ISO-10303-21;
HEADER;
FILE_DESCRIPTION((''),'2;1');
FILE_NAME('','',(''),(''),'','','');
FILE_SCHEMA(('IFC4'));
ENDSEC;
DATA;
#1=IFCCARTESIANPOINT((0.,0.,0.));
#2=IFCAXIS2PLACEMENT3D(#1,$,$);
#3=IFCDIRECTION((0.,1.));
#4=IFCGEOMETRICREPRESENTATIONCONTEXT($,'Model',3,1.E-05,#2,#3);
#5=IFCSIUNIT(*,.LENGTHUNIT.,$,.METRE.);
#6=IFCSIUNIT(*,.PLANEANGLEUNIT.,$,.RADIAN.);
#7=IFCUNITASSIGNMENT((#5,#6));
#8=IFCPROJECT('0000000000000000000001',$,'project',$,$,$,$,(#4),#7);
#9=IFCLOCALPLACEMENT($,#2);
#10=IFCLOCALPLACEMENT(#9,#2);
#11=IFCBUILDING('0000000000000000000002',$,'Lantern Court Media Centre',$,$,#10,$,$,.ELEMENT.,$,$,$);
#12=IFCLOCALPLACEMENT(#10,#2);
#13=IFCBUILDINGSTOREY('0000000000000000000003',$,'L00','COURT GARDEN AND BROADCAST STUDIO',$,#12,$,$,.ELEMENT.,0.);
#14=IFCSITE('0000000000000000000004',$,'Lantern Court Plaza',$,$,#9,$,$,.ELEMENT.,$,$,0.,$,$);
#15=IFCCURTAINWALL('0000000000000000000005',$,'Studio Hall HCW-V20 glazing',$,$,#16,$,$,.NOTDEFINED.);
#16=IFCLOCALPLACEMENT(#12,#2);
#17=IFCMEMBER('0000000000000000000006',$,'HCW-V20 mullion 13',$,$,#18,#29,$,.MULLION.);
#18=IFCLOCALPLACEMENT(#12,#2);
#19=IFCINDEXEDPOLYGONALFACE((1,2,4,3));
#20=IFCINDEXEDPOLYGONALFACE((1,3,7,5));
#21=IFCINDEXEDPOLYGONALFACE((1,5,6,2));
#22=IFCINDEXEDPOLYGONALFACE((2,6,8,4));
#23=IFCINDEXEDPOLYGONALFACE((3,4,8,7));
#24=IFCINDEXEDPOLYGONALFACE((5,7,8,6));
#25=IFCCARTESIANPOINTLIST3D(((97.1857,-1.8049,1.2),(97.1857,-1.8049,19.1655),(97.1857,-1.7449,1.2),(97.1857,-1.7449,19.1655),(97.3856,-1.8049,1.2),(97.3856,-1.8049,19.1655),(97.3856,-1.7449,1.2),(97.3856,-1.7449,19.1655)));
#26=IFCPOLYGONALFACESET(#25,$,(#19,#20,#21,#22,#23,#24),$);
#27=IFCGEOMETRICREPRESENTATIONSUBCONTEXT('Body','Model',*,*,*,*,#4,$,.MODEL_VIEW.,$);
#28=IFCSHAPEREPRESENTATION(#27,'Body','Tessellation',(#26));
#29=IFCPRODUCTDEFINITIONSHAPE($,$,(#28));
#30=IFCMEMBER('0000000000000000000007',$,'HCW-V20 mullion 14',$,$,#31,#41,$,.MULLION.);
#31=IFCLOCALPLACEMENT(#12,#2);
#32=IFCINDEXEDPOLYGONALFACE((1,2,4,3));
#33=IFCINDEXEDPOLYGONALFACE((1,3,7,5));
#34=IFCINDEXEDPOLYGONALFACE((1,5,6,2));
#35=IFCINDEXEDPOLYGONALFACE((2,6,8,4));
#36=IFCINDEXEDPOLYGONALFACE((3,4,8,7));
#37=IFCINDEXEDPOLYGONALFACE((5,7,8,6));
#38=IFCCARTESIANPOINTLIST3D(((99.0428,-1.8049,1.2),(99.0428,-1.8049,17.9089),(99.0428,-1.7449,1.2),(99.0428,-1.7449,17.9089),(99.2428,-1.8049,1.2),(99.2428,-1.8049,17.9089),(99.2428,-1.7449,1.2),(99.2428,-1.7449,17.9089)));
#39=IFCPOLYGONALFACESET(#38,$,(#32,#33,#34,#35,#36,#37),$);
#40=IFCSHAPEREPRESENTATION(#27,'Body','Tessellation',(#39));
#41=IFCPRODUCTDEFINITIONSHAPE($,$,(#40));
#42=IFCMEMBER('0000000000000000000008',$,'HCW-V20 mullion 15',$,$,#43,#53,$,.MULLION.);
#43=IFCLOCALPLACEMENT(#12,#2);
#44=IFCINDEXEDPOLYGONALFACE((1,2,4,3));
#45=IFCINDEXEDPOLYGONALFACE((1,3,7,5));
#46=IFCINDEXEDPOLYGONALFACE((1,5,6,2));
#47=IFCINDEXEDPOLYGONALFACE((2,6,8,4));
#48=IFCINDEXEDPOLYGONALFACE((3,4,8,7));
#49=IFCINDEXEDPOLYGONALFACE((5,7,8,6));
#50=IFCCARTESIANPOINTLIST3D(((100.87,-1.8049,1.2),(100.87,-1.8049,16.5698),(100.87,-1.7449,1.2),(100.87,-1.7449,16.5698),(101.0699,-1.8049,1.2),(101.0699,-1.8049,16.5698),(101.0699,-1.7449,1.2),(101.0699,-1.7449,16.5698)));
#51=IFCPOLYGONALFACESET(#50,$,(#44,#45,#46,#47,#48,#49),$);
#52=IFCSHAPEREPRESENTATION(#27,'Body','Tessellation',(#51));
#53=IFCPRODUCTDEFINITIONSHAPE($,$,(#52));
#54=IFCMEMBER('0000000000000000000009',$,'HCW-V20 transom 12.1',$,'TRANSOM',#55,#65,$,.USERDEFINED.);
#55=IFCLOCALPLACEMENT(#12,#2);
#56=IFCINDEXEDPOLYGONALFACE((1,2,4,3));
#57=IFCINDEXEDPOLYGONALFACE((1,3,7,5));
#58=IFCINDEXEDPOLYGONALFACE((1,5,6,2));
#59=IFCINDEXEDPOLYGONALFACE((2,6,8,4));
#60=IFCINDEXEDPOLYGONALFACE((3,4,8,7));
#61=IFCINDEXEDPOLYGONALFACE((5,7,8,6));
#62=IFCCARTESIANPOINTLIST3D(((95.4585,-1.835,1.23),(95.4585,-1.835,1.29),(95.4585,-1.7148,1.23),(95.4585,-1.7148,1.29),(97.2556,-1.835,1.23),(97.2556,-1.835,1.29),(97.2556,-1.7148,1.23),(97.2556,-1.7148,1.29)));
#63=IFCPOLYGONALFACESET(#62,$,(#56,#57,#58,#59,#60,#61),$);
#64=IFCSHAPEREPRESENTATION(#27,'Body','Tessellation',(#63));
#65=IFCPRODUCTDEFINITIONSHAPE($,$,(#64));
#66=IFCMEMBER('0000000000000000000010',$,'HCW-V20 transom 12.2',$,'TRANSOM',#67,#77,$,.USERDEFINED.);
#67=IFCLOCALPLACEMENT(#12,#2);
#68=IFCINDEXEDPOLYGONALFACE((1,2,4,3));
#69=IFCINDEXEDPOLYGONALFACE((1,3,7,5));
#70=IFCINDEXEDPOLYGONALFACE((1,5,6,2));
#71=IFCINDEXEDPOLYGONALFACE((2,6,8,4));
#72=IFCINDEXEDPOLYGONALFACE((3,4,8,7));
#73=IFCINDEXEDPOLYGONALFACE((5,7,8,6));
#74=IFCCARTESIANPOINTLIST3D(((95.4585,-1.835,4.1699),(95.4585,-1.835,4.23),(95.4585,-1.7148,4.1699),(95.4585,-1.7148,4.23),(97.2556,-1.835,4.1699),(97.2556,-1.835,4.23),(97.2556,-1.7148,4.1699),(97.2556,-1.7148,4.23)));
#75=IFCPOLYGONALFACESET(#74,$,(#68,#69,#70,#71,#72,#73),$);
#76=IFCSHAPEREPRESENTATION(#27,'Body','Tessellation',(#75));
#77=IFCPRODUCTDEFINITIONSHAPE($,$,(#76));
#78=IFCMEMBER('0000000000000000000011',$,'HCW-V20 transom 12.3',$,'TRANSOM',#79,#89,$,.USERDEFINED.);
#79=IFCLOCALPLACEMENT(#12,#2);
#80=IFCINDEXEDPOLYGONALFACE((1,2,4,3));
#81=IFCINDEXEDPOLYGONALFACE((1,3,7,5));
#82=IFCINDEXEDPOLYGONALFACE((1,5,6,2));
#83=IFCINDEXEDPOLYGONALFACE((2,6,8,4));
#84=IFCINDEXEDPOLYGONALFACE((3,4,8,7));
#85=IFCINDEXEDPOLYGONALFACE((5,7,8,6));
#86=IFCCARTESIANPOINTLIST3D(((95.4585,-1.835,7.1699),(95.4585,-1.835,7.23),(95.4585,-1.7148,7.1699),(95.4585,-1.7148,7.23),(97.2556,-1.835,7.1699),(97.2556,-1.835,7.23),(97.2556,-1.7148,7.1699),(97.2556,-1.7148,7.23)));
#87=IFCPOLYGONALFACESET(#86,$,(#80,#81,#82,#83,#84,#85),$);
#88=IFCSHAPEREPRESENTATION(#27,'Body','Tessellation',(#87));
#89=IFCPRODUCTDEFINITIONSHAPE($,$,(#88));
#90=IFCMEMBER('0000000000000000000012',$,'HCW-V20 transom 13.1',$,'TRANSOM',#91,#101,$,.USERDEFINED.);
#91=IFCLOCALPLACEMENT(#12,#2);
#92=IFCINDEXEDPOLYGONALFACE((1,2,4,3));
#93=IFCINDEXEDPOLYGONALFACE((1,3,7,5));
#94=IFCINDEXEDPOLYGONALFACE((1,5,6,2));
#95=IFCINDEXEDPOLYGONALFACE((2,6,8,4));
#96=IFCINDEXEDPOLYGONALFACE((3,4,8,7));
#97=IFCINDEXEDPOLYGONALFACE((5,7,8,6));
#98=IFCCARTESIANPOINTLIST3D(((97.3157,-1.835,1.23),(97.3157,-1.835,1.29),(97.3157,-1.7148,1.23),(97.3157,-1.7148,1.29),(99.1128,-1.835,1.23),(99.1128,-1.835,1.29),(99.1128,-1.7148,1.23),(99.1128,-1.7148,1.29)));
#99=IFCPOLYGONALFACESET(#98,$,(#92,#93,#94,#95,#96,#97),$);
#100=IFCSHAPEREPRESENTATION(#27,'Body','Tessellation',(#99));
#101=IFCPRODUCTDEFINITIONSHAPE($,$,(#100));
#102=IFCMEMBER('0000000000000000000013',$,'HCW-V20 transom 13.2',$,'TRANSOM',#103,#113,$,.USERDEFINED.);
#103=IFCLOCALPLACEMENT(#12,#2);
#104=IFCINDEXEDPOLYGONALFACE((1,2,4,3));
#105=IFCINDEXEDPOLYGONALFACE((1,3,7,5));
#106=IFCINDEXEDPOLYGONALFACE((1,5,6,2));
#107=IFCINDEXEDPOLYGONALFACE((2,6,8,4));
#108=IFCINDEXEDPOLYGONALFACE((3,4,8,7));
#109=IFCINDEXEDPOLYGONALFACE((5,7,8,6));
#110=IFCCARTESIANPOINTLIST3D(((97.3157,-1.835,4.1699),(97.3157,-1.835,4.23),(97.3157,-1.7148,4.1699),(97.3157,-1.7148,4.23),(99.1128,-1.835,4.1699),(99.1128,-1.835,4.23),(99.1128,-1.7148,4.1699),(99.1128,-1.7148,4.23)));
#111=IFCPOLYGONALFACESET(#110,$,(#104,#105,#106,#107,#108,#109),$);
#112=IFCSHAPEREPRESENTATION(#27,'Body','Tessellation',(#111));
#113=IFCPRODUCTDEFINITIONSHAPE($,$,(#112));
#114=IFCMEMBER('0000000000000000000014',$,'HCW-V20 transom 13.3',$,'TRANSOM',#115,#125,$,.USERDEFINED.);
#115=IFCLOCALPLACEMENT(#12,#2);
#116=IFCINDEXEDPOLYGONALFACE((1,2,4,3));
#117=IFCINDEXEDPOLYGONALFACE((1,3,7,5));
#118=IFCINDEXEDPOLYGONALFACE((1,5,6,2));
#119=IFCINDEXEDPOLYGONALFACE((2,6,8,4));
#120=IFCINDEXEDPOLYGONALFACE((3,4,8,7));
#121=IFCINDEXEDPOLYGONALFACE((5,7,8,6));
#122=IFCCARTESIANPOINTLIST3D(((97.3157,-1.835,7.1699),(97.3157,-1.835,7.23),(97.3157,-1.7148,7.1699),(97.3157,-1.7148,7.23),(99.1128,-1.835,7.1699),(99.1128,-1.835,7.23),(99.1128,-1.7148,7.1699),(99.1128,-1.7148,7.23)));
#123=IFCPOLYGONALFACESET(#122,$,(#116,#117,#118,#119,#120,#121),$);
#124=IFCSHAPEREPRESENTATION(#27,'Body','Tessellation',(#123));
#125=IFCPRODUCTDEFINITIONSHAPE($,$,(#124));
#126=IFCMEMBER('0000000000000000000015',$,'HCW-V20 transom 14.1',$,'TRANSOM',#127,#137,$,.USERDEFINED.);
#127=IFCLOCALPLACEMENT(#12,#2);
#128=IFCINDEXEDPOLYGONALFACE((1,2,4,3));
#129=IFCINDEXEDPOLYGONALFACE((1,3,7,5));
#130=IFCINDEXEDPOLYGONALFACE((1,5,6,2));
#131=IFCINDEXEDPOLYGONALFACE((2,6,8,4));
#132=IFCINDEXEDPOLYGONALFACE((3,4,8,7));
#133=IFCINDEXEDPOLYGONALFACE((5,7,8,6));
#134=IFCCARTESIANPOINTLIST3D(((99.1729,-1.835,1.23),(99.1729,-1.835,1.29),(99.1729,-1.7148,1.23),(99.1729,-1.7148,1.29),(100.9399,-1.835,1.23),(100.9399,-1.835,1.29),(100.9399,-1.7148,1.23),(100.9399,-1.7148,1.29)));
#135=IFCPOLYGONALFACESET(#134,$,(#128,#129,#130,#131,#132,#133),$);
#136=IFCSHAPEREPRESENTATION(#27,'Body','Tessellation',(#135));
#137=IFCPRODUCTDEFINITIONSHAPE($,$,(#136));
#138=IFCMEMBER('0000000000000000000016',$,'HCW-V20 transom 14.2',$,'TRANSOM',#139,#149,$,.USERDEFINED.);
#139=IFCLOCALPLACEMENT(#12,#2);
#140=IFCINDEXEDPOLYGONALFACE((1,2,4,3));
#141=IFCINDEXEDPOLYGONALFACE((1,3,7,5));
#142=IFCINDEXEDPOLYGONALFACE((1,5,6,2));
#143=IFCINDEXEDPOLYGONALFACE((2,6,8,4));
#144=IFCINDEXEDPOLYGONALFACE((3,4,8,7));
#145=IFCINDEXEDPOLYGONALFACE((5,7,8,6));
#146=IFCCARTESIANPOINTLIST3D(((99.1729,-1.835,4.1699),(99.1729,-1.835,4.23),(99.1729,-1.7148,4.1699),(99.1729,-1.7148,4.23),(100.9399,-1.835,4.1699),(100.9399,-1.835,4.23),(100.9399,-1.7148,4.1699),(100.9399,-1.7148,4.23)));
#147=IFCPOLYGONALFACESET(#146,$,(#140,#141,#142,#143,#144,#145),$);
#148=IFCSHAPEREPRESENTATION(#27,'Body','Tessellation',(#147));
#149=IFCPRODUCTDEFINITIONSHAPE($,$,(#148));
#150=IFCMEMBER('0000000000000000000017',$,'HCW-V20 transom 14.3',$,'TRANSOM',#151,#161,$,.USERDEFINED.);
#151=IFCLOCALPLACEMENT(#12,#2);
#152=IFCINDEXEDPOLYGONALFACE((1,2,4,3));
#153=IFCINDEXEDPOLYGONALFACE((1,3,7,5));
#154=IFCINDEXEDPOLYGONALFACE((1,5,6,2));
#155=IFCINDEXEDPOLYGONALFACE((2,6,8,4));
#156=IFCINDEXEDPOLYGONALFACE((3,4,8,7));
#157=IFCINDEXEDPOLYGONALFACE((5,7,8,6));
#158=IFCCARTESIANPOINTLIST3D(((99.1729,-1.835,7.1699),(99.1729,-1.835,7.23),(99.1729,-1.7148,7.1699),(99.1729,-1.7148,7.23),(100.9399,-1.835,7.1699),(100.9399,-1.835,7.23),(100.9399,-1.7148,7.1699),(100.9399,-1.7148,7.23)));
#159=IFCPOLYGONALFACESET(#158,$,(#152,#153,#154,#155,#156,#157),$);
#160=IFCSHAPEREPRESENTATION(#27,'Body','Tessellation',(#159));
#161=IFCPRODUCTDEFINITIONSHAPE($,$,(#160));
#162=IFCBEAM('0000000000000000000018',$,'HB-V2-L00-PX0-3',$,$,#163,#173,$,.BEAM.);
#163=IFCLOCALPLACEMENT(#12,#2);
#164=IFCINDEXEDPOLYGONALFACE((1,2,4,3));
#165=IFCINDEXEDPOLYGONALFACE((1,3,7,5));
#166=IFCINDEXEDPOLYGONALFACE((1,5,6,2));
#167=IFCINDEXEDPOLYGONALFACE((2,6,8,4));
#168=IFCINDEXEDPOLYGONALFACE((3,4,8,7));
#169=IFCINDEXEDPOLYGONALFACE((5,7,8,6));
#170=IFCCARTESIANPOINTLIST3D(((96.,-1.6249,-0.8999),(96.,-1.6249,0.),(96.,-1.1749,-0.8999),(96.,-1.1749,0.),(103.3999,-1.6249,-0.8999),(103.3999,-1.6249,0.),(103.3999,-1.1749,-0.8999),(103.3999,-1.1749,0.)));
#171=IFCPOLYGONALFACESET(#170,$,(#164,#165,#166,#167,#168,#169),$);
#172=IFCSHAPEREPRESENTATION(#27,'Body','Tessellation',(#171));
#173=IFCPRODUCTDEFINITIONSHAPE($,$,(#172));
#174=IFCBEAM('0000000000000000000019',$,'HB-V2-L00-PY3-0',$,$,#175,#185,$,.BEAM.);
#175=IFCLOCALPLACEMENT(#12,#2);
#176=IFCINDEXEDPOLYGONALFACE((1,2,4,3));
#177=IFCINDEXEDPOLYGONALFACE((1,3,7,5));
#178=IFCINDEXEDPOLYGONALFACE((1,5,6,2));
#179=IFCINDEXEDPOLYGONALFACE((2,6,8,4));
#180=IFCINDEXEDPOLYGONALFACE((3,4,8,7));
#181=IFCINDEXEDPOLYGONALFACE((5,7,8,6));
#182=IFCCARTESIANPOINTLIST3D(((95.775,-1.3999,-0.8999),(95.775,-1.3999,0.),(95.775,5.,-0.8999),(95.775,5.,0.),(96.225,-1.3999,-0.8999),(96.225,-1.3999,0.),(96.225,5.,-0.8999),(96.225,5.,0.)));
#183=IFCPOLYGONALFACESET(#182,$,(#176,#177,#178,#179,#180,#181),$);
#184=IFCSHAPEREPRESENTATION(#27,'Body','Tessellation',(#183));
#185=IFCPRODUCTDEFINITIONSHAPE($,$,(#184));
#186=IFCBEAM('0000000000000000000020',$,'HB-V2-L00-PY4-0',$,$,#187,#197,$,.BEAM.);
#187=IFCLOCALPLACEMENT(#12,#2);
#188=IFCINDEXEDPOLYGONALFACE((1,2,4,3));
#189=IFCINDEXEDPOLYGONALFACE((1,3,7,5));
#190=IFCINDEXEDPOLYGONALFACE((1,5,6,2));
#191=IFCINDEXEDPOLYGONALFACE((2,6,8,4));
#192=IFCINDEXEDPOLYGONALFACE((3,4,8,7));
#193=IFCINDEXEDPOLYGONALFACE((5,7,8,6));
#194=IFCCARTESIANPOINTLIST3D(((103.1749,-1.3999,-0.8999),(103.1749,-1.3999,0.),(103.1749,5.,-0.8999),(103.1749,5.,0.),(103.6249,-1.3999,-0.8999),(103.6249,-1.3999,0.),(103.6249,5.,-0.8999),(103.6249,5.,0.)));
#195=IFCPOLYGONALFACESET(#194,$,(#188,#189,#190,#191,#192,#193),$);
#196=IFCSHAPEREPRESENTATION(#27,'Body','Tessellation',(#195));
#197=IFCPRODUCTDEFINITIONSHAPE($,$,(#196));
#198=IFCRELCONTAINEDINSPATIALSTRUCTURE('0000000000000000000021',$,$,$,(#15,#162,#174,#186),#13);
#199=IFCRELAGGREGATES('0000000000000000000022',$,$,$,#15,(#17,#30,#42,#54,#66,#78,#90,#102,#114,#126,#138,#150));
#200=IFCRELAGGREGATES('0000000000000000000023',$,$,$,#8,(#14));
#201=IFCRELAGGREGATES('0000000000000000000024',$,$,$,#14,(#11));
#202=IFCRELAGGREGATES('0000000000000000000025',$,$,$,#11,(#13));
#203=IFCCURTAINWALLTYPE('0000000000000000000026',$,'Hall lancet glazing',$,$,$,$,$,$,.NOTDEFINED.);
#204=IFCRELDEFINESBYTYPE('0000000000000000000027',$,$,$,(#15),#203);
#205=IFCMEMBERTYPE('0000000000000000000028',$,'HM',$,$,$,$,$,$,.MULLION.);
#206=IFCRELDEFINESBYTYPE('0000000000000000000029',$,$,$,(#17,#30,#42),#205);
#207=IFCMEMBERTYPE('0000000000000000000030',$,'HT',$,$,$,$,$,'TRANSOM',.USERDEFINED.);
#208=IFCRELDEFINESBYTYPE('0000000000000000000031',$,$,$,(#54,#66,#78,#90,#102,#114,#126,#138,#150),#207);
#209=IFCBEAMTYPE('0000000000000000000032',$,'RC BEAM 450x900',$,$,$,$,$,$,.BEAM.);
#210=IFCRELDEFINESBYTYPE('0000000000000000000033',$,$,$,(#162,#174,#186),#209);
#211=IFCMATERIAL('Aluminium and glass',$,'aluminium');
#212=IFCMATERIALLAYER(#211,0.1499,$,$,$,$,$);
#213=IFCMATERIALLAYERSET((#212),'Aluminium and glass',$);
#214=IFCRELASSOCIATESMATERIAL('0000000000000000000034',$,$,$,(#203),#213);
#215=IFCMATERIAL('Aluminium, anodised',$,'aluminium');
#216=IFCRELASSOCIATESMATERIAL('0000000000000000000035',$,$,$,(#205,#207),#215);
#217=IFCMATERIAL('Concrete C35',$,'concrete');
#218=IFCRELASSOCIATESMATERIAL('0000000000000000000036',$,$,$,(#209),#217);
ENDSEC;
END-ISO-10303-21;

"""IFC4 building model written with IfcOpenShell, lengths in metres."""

from ifc_helpers import new_model, si_unit, direction, frame, origin, origin_2d, place, context, subcontext, project, spatial, rectangle, extrude, material, layer, layer_set, material_profile, profile_set, type_object, element, aggregate, save


model = new_model("IFC4")

# Units and contexts
model_context = context("Model", 3, precision=1e-05, world=origin(), true_north=direction((0.0, 1.0)))
body_context = subcontext(model_context, "Body", "Model", "MODEL_VIEW")
ifc_project = project(units=[si_unit("LENGTHUNIT", "METRE"), si_unit("PLANEANGLEUNIT", "RADIAN")], contexts=[model_context])

# Site, building, storey
site_placement = place(None, origin())
site = spatial("IfcSite", under=ifc_project, at=site_placement, Name="Lantern Court Plaza", CompositionType="ELEMENT", RefElevation=0.0)
building_placement = place(site_placement, origin())
building = spatial("IfcBuilding", under=site, at=building_placement, Name="Lantern Court Media Centre", CompositionType="ELEMENT")
storey_placement = place(building_placement, origin())
storey = spatial("IfcBuildingStorey", under=building, at=storey_placement, Name="L00", Description="COURT GARDEN AND BROADCAST STUDIO", CompositionType="ELEMENT", Elevation=0.0)

# Shared definitions
ifc_material_1 = material(Name="Concrete C35", Category="concrete")

# Curtain wall, members
ifc_material_2 = material(Name="Aluminium and glass", Category="aluminium")
ifc_layer_1 = layer(ifc_material_2, 0.1499)
ifc_layer_set_1 = layer_set([ifc_layer_1], Name="Aluminium and glass")
curtain_wall_type = type_object("IfcCurtainWallType", Name="Hall lancet glazing", PredefinedType="NOTDEFINED", material=ifc_layer_set_1)
curtain_wall_placement = place(storey_placement, origin())
curtain_wall = element("IfcCurtainWall", 1, at=curtain_wall_placement, inside=storey, type_object=curtain_wall_type, Name="Studio Hall HCW-V20 glazing", PredefinedType="NOTDEFINED")
ifc_material_3 = material(Name="Aluminium, anodised", Category="aluminium")
ifc_material_profile_1 = material_profile(ifc_material_3, rectangle(XDim=0.0601, YDim=0.2, at=origin_2d()), Name="HM")
ifc_profile_set_1 = profile_set([ifc_material_profile_1], Name="Aluminium, anodised")
member_type_1 = type_object("IfcMemberType", Name="HM", PredefinedType="MULLION", material=ifc_profile_set_1)
member_1_placement = place(storey_placement, frame((97.2856, -1.7749, 1.2), z_axis=(0.0, 0.0, 1.0), x_axis=(0.0, 1.0, 0.0)))
member_1 = element("IfcMember", 2, at=member_1_placement, type_object=member_type_1, Name="HCW-V20 mullion 13", PredefinedType="MULLION", context=body_context, shape_type="SweptSolid", body=[
    extrude(rectangle(XDim=0.0601, YDim=0.2, at=origin_2d()), origin(), (0.0, 0.0, 1.0), 17.9656),
])
member_2_placement = place(storey_placement, frame((99.1428, -1.7749, 1.2), z_axis=(0.0, 0.0, 1.0), x_axis=(0.0, 1.0, 0.0)))
member_2 = element("IfcMember", 3, at=member_2_placement, type_object=member_type_1, Name="HCW-V20 mullion 14", PredefinedType="MULLION", context=body_context, shape_type="SweptSolid", body=[
    extrude(rectangle(XDim=0.0601, YDim=0.2, at=origin_2d()), origin(), (0.0, 0.0, 1.0), 16.709),
])
member_3_placement = place(storey_placement, frame((100.97, -1.7749, 1.2), z_axis=(0.0, 0.0, 1.0), x_axis=(0.0, 1.0, 0.0)))
member_3 = element("IfcMember", 4, at=member_3_placement, type_object=member_type_1, Name="HCW-V20 mullion 15", PredefinedType="MULLION", context=body_context, shape_type="SweptSolid", body=[
    extrude(rectangle(XDim=0.0601, YDim=0.2, at=origin_2d()), origin(), (0.0, 0.0, 1.0), 15.3699),
])
ifc_material_profile_2 = material_profile(ifc_material_3, rectangle(XDim=0.1201, YDim=0.0601, at=origin_2d()), Name="HT")
ifc_profile_set_2 = profile_set([ifc_material_profile_2], Name="Aluminium, anodised")
member_type_2 = type_object("IfcMemberType", Name="HT", ElementType="TRANSOM", PredefinedType="USERDEFINED", material=ifc_profile_set_2)
member_4_placement = place(storey_placement, frame((95.4585, -1.7749, 1.26), z_axis=(1.0, 0.0, 0.0), x_axis=(0.0, 1.0, 0.0)))
member_4 = element("IfcMember", 5, at=member_4_placement, type_object=member_type_2, Name="HCW-V20 transom 12.1", ObjectType="TRANSOM", PredefinedType="USERDEFINED", context=body_context, shape_type="SweptSolid", body=[
    extrude(rectangle(XDim=0.1201, YDim=0.0601, at=origin_2d()), origin(), (0.0, 0.0, 1.0), 1.7971),
])
member_5_placement = place(storey_placement, frame((95.4585, -1.7749, 4.2), z_axis=(1.0, 0.0, 0.0), x_axis=(0.0, 1.0, 0.0)))
member_5 = element("IfcMember", 6, at=member_5_placement, type_object=member_type_2, Name="HCW-V20 transom 12.2", ObjectType="TRANSOM", PredefinedType="USERDEFINED", context=body_context, shape_type="SweptSolid", body=[
    extrude(rectangle(XDim=0.1201, YDim=0.0601, at=origin_2d()), origin(), (0.0, 0.0, 1.0), 1.7971),
])
member_6_placement = place(storey_placement, frame((95.4585, -1.7749, 7.2), z_axis=(1.0, 0.0, 0.0), x_axis=(0.0, 1.0, 0.0)))
member_6 = element("IfcMember", 7, at=member_6_placement, type_object=member_type_2, Name="HCW-V20 transom 12.3", ObjectType="TRANSOM", PredefinedType="USERDEFINED", context=body_context, shape_type="SweptSolid", body=[
    extrude(rectangle(XDim=0.1201, YDim=0.0601, at=origin_2d()), origin(), (0.0, 0.0, 1.0), 1.7971),
])
member_7_placement = place(storey_placement, frame((97.3157, -1.7749, 1.26), z_axis=(1.0, 0.0, 0.0), x_axis=(0.0, 1.0, 0.0)))
member_7 = element("IfcMember", 8, at=member_7_placement, type_object=member_type_2, Name="HCW-V20 transom 13.1", ObjectType="TRANSOM", PredefinedType="USERDEFINED", context=body_context, shape_type="SweptSolid", body=[
    extrude(rectangle(XDim=0.1201, YDim=0.0601, at=origin_2d()), origin(), (0.0, 0.0, 1.0), 1.7971),
])
member_8_placement = place(storey_placement, frame((97.3157, -1.7749, 4.2), z_axis=(1.0, 0.0, 0.0), x_axis=(0.0, 1.0, 0.0)))
member_8 = element("IfcMember", 9, at=member_8_placement, type_object=member_type_2, Name="HCW-V20 transom 13.2", ObjectType="TRANSOM", PredefinedType="USERDEFINED", context=body_context, shape_type="SweptSolid", body=[
    extrude(rectangle(XDim=0.1201, YDim=0.0601, at=origin_2d()), origin(), (0.0, 0.0, 1.0), 1.7971),
])
member_9_placement = place(storey_placement, frame((97.3157, -1.7749, 7.2), z_axis=(1.0, 0.0, 0.0), x_axis=(0.0, 1.0, 0.0)))
member_9 = element("IfcMember", 10, at=member_9_placement, type_object=member_type_2, Name="HCW-V20 transom 13.3", ObjectType="TRANSOM", PredefinedType="USERDEFINED", context=body_context, shape_type="SweptSolid", body=[
    extrude(rectangle(XDim=0.1201, YDim=0.0601, at=origin_2d()), origin(), (0.0, 0.0, 1.0), 1.7971),
])
member_10_placement = place(storey_placement, frame((99.1729, -1.7749, 1.26), z_axis=(1.0, 0.0, 0.0), x_axis=(0.0, 1.0, 0.0)))
member_10 = element("IfcMember", 11, at=member_10_placement, type_object=member_type_2, Name="HCW-V20 transom 14.1", ObjectType="TRANSOM", PredefinedType="USERDEFINED", context=body_context, shape_type="SweptSolid", body=[
    extrude(rectangle(XDim=0.1201, YDim=0.0601, at=origin_2d()), origin(), (0.0, 0.0, 1.0), 1.7671),
])
member_11_placement = place(storey_placement, frame((99.1729, -1.7749, 4.2), z_axis=(1.0, 0.0, 0.0), x_axis=(0.0, 1.0, 0.0)))
member_11 = element("IfcMember", 12, at=member_11_placement, type_object=member_type_2, Name="HCW-V20 transom 14.2", ObjectType="TRANSOM", PredefinedType="USERDEFINED", context=body_context, shape_type="SweptSolid", body=[
    extrude(rectangle(XDim=0.1201, YDim=0.0601, at=origin_2d()), origin(), (0.0, 0.0, 1.0), 1.7671),
])
member_12_placement = place(storey_placement, frame((99.1729, -1.7749, 7.2), z_axis=(1.0, 0.0, 0.0), x_axis=(0.0, 1.0, 0.0)))
member_12 = element("IfcMember", 13, at=member_12_placement, type_object=member_type_2, Name="HCW-V20 transom 14.3", ObjectType="TRANSOM", PredefinedType="USERDEFINED", context=body_context, shape_type="SweptSolid", body=[
    extrude(rectangle(XDim=0.1201, YDim=0.0601, at=origin_2d()), origin(), (0.0, 0.0, 1.0), 1.7671),
])

# Beams
ifc_material_profile_3 = material_profile(ifc_material_1, rectangle(XDim=0.45, YDim=0.8999, at=origin_2d()), Name="RC 450x900")
ifc_profile_set_3 = profile_set([ifc_material_profile_3], Name="Concrete C35")
beam_type = type_object("IfcBeamType", Name="RC BEAM 450x900", PredefinedType="BEAM", material=ifc_profile_set_3)
beam_placement = place(storey_placement, frame((96.0, -1.3999, -0.45), z_axis=(1.0, 0.0, 0.0), x_axis=(0.0, 1.0, 0.0)))
element("IfcBeam", 14, at=beam_placement, inside=storey, type_object=beam_type, Name="HB-V2-L00-PX0-3", PredefinedType="BEAM", context=body_context, shape_type="SweptSolid", body=[
    extrude(rectangle(XDim=0.45, YDim=0.8999, at=origin_2d()), origin(), (0.0, 0.0, 1.0), 7.3999),
])
for number, where, z_axis, x_axis, name in (
    (15, (96.0, -1.3999, -0.45), (0.0, 1.0, 0.0), (-1.0, 0.0, 0.0), "HB-V2-L00-PY3-0"),
    (16, (103.3999, -1.3999, -0.45), (0.0, 1.0, 0.0), (-1.0, 0.0, 0.0), "HB-V2-L00-PY4-0"),
):
    element("IfcBeam", number, at=place(storey_placement, frame(where, z_axis=z_axis, x_axis=x_axis)), inside=storey, type_object=beam_type, Name=name, PredefinedType="BEAM", context=body_context, shape_type="SweptSolid", body=[
        extrude(rectangle(XDim=0.45, YDim=0.8999, at=origin_2d()), origin(), (0.0, 0.0, 1.0), 6.3999),
    ])

aggregate(curtain_wall, [member_1, member_2, member_3, member_4, member_5, member_6, member_7, member_8, member_9, member_10, member_11, member_12])

save(model, "model.ifc")
